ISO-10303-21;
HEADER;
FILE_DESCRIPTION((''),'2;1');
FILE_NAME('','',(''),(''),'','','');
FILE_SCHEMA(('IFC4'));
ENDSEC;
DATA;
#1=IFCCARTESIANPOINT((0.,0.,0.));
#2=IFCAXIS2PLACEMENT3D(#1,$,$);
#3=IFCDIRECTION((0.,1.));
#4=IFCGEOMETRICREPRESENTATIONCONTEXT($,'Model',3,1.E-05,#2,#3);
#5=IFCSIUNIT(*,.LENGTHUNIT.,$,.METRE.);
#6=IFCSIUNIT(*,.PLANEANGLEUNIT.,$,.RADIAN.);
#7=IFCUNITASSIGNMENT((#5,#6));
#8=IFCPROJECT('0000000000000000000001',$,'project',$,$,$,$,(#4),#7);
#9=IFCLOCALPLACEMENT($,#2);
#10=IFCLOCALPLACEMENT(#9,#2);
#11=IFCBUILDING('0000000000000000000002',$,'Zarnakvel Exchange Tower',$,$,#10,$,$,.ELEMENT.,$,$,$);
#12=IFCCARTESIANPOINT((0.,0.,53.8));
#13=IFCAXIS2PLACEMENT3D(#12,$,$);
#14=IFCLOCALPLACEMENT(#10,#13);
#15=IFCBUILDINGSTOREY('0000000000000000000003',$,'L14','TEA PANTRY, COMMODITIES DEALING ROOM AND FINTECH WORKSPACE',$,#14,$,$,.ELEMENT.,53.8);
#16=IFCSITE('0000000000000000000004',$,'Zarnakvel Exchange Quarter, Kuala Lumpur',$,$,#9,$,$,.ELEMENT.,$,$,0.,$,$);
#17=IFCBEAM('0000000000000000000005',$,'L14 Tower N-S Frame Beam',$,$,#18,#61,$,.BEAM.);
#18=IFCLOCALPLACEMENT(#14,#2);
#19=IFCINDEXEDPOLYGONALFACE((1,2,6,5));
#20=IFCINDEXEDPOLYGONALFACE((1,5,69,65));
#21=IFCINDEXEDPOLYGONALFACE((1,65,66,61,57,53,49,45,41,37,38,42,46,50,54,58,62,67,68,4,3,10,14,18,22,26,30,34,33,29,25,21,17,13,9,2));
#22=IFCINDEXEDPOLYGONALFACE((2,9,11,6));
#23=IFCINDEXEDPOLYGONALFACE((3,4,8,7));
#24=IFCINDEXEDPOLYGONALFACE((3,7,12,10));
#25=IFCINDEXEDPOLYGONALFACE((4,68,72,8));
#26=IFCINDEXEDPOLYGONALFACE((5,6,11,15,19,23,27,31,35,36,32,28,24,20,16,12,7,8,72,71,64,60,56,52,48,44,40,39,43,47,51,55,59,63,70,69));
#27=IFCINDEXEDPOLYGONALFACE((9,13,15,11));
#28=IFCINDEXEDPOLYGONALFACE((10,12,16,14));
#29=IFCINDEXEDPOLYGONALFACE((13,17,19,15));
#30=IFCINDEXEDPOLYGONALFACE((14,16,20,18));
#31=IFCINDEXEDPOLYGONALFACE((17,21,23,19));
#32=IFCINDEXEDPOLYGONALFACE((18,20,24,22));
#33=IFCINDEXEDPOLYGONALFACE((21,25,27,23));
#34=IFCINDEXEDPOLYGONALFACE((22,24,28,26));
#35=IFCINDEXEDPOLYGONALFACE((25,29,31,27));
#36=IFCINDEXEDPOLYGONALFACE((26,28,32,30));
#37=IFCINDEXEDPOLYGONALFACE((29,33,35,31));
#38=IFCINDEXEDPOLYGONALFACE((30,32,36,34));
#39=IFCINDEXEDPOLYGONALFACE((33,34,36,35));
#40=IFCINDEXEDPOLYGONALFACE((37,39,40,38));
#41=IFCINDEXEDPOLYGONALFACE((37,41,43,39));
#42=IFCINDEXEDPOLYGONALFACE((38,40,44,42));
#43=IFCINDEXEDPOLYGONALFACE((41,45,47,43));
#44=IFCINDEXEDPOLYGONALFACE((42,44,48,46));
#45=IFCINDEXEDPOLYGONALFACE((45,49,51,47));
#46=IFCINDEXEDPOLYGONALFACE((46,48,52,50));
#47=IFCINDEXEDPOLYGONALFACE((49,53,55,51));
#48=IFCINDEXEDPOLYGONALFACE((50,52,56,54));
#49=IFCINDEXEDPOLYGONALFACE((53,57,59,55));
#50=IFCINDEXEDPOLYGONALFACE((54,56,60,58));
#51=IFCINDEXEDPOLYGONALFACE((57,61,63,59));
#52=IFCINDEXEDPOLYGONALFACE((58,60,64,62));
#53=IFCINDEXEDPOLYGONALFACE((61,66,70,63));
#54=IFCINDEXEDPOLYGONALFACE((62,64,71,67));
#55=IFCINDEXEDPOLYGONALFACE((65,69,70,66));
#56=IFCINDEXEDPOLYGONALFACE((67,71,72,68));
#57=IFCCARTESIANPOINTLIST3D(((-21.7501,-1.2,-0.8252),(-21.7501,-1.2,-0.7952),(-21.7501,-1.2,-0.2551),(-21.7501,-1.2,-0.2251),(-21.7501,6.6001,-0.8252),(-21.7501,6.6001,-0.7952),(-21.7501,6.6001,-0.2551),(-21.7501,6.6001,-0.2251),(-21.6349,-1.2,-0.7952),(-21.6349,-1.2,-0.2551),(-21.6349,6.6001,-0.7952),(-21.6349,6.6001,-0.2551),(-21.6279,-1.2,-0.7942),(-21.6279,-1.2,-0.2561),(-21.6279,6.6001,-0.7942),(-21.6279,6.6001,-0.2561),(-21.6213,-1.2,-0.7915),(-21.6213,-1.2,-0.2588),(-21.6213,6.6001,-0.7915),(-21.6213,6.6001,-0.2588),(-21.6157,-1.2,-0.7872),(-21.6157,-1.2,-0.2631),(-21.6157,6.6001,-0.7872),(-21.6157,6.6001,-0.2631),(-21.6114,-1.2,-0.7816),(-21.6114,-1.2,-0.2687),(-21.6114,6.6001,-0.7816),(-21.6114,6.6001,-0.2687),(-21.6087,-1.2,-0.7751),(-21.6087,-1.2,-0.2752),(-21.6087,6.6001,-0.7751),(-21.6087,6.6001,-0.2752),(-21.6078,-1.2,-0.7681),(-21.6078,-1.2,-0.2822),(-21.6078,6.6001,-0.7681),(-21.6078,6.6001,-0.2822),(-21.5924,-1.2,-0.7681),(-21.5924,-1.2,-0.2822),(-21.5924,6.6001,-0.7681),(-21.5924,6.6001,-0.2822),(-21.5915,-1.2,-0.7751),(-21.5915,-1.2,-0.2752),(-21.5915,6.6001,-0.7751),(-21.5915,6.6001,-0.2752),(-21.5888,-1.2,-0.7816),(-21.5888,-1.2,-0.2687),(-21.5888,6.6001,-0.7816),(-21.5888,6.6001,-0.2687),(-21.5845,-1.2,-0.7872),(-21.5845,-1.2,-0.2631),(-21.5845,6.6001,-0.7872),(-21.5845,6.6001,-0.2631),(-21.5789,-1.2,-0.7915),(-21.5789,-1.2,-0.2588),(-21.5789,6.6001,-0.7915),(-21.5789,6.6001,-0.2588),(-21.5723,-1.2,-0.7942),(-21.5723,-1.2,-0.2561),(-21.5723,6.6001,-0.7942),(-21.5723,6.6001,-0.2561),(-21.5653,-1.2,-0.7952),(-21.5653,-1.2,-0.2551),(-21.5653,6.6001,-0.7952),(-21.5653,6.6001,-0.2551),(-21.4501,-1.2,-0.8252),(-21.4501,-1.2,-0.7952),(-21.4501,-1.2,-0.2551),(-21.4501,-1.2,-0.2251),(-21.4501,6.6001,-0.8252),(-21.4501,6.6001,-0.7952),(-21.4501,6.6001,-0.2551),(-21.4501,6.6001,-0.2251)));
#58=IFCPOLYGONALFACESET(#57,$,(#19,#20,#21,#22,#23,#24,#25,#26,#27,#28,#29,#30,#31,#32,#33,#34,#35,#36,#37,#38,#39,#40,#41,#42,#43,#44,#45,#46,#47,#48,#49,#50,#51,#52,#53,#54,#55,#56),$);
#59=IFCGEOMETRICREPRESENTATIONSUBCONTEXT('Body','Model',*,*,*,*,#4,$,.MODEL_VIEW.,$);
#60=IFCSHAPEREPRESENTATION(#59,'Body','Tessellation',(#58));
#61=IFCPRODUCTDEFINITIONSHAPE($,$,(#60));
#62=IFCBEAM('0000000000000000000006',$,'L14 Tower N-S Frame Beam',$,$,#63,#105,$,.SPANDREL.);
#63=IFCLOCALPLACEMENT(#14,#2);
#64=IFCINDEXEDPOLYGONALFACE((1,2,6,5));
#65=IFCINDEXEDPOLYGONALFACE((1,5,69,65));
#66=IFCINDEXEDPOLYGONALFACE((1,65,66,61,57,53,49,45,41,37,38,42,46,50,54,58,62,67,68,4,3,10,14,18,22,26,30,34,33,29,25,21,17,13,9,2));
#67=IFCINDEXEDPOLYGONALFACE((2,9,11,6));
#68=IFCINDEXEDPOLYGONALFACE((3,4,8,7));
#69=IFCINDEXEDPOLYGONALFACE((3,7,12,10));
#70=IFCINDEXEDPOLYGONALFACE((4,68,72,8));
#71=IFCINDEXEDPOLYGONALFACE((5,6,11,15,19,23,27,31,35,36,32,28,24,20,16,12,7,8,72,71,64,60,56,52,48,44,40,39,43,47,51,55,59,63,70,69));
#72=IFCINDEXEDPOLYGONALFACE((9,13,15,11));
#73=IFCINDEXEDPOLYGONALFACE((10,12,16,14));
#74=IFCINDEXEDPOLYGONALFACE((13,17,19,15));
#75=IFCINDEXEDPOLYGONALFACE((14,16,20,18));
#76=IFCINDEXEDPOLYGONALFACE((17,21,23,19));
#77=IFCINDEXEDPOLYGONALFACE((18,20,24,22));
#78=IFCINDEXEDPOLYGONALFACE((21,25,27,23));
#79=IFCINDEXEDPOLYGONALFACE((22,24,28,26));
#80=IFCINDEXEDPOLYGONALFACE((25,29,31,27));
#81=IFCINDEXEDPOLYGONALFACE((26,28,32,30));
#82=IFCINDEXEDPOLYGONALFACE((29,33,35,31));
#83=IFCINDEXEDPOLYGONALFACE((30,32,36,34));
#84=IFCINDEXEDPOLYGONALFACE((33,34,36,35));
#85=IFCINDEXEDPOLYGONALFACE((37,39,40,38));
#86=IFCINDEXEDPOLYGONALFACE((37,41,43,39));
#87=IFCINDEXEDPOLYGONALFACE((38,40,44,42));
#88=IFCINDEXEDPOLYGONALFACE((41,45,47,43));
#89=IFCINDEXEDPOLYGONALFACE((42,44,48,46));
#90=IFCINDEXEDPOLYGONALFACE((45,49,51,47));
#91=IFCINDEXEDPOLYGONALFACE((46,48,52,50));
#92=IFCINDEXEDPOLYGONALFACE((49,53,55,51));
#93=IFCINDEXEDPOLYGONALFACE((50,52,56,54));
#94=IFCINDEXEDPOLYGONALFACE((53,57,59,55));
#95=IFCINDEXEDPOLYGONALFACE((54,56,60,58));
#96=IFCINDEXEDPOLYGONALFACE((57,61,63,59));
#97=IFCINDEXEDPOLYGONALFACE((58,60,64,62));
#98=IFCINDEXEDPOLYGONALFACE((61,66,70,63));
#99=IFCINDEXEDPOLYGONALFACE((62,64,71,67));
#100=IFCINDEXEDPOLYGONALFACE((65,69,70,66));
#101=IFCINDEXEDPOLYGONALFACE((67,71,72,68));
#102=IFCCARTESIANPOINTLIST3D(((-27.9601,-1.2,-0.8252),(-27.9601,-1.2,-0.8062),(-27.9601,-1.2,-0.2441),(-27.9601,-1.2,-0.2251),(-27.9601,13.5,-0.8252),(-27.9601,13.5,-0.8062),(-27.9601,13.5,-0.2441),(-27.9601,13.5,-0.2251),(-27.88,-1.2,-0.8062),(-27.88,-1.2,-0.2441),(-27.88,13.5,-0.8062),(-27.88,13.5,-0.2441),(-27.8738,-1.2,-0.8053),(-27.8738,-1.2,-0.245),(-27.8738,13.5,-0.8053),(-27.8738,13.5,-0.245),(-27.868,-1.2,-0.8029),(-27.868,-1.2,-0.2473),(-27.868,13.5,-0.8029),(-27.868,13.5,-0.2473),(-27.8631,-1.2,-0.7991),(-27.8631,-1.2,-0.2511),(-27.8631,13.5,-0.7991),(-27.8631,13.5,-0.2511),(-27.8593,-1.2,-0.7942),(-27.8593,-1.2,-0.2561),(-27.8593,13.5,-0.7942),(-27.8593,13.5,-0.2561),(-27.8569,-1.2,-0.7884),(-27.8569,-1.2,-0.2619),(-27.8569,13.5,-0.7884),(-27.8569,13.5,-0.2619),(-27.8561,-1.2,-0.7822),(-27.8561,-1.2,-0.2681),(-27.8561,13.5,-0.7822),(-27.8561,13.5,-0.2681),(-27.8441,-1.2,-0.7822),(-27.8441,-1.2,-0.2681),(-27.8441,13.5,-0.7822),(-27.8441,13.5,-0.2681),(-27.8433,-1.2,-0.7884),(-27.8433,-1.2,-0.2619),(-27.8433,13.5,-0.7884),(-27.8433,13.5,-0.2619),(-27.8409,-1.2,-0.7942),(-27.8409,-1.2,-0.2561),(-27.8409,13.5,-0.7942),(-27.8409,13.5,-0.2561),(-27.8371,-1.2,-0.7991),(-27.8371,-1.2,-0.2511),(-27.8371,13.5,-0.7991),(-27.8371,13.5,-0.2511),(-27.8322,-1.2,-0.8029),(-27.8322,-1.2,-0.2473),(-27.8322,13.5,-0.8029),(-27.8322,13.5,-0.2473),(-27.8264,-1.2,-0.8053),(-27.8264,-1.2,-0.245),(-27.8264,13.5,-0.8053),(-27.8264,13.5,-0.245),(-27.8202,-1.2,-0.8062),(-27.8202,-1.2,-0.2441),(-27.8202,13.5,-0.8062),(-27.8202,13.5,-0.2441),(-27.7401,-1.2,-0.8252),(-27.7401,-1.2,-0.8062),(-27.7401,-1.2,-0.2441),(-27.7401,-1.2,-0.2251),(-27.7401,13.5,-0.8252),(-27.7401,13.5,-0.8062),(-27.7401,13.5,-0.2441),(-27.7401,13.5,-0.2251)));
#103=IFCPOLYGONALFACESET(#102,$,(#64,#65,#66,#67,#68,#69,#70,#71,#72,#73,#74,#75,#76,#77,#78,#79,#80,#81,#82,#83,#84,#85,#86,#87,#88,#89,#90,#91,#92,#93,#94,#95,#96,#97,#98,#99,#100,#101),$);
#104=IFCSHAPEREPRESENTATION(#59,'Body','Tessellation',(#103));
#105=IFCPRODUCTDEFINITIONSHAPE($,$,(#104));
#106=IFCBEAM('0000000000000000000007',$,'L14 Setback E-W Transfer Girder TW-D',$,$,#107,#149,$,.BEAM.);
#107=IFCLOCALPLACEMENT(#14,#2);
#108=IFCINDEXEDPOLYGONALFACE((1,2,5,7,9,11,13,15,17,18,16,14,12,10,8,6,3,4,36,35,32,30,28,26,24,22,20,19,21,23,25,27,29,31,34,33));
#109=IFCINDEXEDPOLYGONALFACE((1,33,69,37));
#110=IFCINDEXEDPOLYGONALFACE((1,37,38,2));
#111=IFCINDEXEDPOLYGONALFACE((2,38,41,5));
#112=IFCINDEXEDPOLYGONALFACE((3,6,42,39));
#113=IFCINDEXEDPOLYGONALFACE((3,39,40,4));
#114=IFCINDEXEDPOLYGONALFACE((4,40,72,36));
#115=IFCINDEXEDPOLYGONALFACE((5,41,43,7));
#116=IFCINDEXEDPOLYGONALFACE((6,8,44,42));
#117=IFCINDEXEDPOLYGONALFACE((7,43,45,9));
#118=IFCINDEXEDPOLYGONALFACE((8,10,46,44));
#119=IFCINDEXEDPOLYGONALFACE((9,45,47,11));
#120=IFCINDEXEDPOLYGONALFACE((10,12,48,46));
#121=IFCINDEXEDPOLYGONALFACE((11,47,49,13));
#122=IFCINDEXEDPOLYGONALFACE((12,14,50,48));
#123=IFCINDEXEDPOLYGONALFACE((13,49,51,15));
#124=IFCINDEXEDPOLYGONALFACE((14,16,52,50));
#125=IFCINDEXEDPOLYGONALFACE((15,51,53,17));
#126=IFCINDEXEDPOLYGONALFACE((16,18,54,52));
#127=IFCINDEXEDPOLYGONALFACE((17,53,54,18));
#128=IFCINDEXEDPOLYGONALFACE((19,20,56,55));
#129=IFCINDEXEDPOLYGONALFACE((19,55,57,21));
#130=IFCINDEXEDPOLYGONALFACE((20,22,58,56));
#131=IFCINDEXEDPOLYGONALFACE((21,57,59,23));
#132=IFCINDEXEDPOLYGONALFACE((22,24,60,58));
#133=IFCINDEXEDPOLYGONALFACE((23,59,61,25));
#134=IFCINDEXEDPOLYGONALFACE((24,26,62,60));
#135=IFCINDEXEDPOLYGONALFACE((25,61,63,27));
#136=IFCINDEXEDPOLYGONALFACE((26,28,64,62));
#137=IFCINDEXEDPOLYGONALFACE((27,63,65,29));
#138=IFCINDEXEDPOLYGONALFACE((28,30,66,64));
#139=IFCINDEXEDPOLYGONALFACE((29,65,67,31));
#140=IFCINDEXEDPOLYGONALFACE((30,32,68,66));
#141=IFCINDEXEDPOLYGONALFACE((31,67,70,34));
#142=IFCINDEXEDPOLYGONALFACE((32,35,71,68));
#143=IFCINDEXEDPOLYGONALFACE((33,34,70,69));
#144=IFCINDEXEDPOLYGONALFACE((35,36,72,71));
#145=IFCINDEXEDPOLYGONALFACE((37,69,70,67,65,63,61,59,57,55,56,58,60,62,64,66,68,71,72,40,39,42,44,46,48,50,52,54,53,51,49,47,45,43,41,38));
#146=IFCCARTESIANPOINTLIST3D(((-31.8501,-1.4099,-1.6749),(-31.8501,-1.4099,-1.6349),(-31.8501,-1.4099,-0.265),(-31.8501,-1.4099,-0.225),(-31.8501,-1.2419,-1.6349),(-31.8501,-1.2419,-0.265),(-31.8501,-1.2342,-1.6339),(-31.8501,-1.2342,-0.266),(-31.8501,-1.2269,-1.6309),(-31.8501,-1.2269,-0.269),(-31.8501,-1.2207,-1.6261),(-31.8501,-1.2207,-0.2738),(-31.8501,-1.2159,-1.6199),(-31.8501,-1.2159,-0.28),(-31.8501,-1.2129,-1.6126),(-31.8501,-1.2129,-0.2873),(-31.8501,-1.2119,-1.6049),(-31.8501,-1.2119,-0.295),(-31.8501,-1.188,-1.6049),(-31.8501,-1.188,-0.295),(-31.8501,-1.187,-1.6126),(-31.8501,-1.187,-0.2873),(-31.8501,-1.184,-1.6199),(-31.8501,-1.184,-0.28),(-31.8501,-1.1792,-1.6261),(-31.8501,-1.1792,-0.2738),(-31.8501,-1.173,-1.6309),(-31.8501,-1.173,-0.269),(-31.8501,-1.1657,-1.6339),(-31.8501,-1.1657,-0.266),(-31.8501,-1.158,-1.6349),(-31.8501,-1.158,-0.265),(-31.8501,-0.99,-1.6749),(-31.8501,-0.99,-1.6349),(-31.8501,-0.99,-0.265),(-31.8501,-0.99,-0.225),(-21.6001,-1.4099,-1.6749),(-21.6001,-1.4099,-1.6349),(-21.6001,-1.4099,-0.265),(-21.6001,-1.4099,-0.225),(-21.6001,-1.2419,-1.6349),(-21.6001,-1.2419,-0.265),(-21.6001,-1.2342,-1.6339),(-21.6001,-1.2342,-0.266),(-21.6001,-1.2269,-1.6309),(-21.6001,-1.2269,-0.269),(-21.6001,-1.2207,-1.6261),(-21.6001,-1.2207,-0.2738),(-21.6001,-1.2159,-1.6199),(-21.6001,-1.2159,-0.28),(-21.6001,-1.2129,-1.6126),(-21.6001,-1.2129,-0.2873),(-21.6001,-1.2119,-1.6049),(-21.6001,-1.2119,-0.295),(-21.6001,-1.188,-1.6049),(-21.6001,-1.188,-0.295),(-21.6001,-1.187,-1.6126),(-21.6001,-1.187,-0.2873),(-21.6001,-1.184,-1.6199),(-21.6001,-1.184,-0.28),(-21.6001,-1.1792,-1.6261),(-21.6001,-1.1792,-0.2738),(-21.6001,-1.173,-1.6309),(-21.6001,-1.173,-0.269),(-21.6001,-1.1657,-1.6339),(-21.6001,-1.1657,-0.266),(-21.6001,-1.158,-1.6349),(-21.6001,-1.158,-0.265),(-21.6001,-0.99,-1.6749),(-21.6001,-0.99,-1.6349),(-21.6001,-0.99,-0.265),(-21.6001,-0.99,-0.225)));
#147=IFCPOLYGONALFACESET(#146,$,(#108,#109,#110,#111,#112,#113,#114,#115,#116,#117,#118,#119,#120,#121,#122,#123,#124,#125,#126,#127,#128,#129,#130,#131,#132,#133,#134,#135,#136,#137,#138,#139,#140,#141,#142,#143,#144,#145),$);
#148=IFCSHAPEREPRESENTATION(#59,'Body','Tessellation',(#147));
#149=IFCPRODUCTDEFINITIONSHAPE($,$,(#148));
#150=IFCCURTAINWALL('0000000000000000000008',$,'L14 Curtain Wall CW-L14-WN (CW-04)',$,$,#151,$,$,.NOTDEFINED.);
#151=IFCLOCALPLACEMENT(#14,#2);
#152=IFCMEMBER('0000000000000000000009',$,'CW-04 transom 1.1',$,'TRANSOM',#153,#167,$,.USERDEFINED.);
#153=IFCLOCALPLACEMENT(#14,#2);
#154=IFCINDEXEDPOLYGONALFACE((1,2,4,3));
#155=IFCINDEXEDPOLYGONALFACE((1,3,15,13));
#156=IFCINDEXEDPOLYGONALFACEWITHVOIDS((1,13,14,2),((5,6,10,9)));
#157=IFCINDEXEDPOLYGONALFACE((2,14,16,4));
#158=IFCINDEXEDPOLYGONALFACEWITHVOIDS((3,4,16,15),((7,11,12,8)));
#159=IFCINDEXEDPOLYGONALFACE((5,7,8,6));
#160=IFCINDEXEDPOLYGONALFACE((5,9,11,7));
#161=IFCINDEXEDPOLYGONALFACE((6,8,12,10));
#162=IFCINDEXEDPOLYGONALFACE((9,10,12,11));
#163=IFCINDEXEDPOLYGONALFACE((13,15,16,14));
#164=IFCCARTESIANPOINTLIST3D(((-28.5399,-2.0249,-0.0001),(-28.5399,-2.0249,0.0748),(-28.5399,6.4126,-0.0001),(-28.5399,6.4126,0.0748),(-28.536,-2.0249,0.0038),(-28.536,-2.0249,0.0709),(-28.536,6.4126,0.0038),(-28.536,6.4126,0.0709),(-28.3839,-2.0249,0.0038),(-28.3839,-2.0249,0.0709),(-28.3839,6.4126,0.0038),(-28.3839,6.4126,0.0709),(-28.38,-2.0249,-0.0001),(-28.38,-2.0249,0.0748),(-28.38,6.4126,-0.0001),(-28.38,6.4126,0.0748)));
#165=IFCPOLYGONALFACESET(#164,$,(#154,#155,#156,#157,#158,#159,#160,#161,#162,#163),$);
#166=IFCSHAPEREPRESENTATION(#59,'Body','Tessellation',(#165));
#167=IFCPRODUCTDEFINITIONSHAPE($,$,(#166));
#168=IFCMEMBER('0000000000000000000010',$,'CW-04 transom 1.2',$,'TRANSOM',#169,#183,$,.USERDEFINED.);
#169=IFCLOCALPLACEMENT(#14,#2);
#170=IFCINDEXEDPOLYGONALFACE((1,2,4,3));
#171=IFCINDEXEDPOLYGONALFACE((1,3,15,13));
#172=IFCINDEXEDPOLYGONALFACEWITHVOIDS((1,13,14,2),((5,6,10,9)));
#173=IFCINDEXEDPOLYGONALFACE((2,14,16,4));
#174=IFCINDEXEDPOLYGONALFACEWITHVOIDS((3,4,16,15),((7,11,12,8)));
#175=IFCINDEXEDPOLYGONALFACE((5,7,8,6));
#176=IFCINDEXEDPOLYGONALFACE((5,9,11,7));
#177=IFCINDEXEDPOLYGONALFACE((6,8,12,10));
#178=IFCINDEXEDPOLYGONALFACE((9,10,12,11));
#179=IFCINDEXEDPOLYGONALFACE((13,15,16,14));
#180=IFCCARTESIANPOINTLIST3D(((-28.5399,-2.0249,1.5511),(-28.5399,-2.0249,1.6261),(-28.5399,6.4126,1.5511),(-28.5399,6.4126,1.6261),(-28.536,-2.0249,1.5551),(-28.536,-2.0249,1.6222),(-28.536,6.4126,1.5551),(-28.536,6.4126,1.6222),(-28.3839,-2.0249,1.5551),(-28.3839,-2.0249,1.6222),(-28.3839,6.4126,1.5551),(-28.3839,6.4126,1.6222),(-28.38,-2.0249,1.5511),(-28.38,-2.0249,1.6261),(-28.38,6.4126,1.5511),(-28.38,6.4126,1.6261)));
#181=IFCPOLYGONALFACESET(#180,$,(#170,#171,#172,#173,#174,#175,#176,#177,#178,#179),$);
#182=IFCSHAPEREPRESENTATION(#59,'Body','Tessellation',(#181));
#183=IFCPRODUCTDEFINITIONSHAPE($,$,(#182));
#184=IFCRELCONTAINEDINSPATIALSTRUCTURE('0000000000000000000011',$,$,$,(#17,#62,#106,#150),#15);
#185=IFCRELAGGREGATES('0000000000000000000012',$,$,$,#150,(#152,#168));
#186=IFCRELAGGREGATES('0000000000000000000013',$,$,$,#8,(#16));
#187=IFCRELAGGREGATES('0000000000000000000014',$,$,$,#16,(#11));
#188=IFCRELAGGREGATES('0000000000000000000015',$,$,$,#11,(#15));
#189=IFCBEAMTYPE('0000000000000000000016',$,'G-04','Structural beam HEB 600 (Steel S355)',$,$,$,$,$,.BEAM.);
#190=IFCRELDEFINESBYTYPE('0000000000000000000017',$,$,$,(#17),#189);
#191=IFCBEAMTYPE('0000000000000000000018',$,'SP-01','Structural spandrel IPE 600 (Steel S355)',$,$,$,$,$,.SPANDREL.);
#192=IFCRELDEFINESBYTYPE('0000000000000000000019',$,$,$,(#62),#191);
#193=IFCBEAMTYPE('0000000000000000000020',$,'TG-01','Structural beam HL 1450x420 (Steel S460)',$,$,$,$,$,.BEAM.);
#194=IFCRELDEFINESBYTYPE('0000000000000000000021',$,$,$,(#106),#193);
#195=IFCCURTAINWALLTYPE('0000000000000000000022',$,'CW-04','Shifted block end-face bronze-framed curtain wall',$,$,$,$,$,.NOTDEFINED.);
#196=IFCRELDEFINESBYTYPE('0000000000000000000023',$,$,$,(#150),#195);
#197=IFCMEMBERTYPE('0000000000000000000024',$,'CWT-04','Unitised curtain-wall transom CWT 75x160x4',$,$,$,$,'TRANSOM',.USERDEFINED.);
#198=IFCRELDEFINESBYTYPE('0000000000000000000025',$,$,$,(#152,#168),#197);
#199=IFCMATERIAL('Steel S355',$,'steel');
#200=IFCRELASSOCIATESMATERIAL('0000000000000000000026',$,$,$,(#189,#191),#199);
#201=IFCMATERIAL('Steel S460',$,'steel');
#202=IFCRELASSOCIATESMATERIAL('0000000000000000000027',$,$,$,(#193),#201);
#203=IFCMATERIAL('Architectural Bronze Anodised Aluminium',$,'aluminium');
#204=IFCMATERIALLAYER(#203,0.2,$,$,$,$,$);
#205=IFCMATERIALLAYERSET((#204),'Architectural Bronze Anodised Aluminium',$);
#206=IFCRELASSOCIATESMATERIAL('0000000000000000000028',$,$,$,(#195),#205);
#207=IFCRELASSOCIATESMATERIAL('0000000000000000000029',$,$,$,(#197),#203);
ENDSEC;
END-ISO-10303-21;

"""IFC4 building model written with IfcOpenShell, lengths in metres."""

from ifc_helpers import new_model, si_unit, direction, frame, origin, origin_2d, place, context, subcontext, project, spatial, hollow_rectangle, i_section, extrude, source, transform, mapped, material, layer, layer_set, material_profile, profile_set, type_object, element, aggregate, save


model = new_model("IFC4")

# Units and contexts
model_context = context("Model", 3, precision=1e-05, world=origin(), true_north=direction((0.0, 1.0)))
body_context = subcontext(model_context, "Body", "Model", "MODEL_VIEW")
ifc_project = project(units=[si_unit("LENGTHUNIT", "METRE"), si_unit("PLANEANGLEUNIT", "RADIAN")], contexts=[model_context])

# Site, building, storey
site_placement = place(None, origin())
site = spatial("IfcSite", under=ifc_project, at=site_placement, Name="Zarnakvel Exchange Quarter, Kuala Lumpur", CompositionType="ELEMENT", RefElevation=0.0)
building_placement = place(site_placement, origin())
building = spatial("IfcBuilding", under=site, at=building_placement, Name="Zarnakvel Exchange Tower", CompositionType="ELEMENT")
storey_placement = place(building_placement, frame((0.0, 0.0, 53.8)))
storey = spatial("IfcBuildingStorey", under=building, at=storey_placement, Name="L14", Description="TEA PANTRY, COMMODITIES DEALING ROOM AND FINTECH WORKSPACE", CompositionType="ELEMENT", Elevation=53.8)

# Shared definitions
ifc_material_1 = material(Name="Steel S355", Category="steel")

# Beams
ifc_material_profile_1 = material_profile(ifc_material_1, i_section(OverallWidth=0.3, OverallDepth=0.6001, WebThickness=0.0154, FlangeThickness=0.03, FilletRadius=0.0271, at=origin_2d()))
ifc_profile_set_1 = profile_set([ifc_material_profile_1], Name="Steel S355")
beam_type_1 = type_object("IfcBeamType", Name="G-04", Description="Structural beam HEB 600 (Steel S355)", PredefinedType="BEAM", material=ifc_profile_set_1)
beam_1_placement = place(storey_placement, frame((-21.6001, -1.2, -0.5251), z_axis=(0.0, 1.0, 0.0), x_axis=(-1.0, 0.0, 0.0)))
element("IfcBeam", 1, at=beam_1_placement, inside=storey, type_object=beam_type_1, Name="L14 Tower N-S Frame Beam", PredefinedType="BEAM", context=body_context, shape_type="SweptSolid", body=[
    extrude(i_section(OverallWidth=0.3, OverallDepth=0.6001, WebThickness=0.0154, FlangeThickness=0.03, FilletRadius=0.0271, at=origin_2d()), origin(), (0.0, 0.0, 1.0), 7.8),
])
ifc_material_profile_2 = material_profile(ifc_material_1, i_section(OverallWidth=0.22, OverallDepth=0.6001, WebThickness=0.012, FlangeThickness=0.019, FilletRadius=0.0239, at=origin_2d()))
ifc_profile_set_2 = profile_set([ifc_material_profile_2], Name="Steel S355")
beam_type_2 = type_object("IfcBeamType", Name="SP-01", Description="Structural spandrel IPE 600 (Steel S355)", PredefinedType="SPANDREL", material=ifc_profile_set_2)
beam_2_placement = place(storey_placement, frame((-27.8501, -1.2, -0.5251), z_axis=(0.0, 1.0, 0.0), x_axis=(-1.0, 0.0, 0.0)))
element("IfcBeam", 2, at=beam_2_placement, inside=storey, type_object=beam_type_2, Name="L14 Tower N-S Frame Beam", PredefinedType="SPANDREL", context=body_context, shape_type="SweptSolid", body=[
    extrude(i_section(OverallWidth=0.22, OverallDepth=0.6001, WebThickness=0.012, FlangeThickness=0.019, FilletRadius=0.0239, at=origin_2d()), origin(), (0.0, 0.0, 1.0), 14.7),
])
ifc_material_2 = material(Name="Steel S460", Category="steel")
ifc_material_profile_3 = material_profile(ifc_material_2, i_section(OverallWidth=0.4199, OverallDepth=1.45, WebThickness=0.0239, FlangeThickness=0.04, FilletRadius=0.03, at=origin_2d()))
ifc_profile_set_3 = profile_set([ifc_material_profile_3], Name="Steel S460")
beam_type_3 = type_object("IfcBeamType", Name="TG-01", Description="Structural beam HL 1450x420 (Steel S460)", PredefinedType="BEAM", material=ifc_profile_set_3)
beam_3_placement = place(storey_placement, frame((-31.8501, -1.2, -0.95), z_axis=(1.0, 0.0, 0.0), x_axis=(0.0, 1.0, 0.0)))
element("IfcBeam", 3, at=beam_3_placement, inside=storey, type_object=beam_type_3, Name="L14 Setback E-W Transfer Girder TW-D", PredefinedType="BEAM", context=body_context, shape_type="SweptSolid", body=[
    extrude(i_section(OverallWidth=0.4199, OverallDepth=1.45, WebThickness=0.0239, FlangeThickness=0.04, FilletRadius=0.03, at=origin_2d()), origin(), (0.0, 0.0, 1.0), 10.25),
])

# Curtain wall, members
ifc_material_3 = material(Name="Architectural Bronze Anodised Aluminium", Category="aluminium")
ifc_layer_1 = layer(ifc_material_3, 0.2)
ifc_layer_set_1 = layer_set([ifc_layer_1], Name="Architectural Bronze Anodised Aluminium")
curtain_wall_type = type_object("IfcCurtainWallType", Name="CW-04", Description="Shifted block end-face bronze-framed curtain wall", PredefinedType="NOTDEFINED", material=ifc_layer_set_1)
curtain_wall_placement = place(storey_placement, origin())
curtain_wall = element("IfcCurtainWall", 4, at=curtain_wall_placement, inside=storey, type_object=curtain_wall_type, Name="L14 Curtain Wall CW-L14-WN (CW-04)", PredefinedType="NOTDEFINED")
ifc_material_profile_4 = material_profile(ifc_material_3, hollow_rectangle(XDim=0.1599, YDim=0.075, WallThickness=0.0039, at=origin_2d()))
ifc_profile_set_4 = profile_set([ifc_material_profile_4], Name="Architectural Bronze Anodised Aluminium")
member_type_1 = type_object("IfcMemberType", Name="CWT-04", Description="Unitised curtain-wall transom CWT 75x160x4", ElementType="TRANSOM", PredefinedType="USERDEFINED", material=ifc_profile_set_4)
shared_shape_1 = source(origin(), body_context, "Body", "SweptSolid", [
    extrude(hollow_rectangle(XDim=0.1599, YDim=0.075, WallThickness=0.0039, at=origin_2d()), origin(), (0.0, 0.0, 1.0), 8.4375),
])
member_1_placement = place(storey_placement, frame((-28.46, -2.0249, 0.0374), z_axis=(0.0, 1.0, 0.0), x_axis=(-1.0, 0.0, 0.0)))
member_1 = element("IfcMember", 5, at=member_1_placement, type_object=member_type_1, Name="CW-04 transom 1.1", ObjectType="TRANSOM", PredefinedType="USERDEFINED", context=body_context, shape_type="MappedRepresentation", body=[
    mapped(shared_shape_1, transform((0.0, 0.0, 0.0), x_axis=(1.0, 0.0, 0.0), y_axis=(0.0, 1.0, 0.0), z_axis=(0.0, 0.0, 1.0), scale=1.0)),
])
member_2_placement = place(storey_placement, frame((-28.46, -2.0249, 1.5886), z_axis=(0.0, 1.0, 0.0), x_axis=(-1.0, 0.0, 0.0)))
member_2 = element("IfcMember", 6, at=member_2_placement, type_object=member_type_1, Name="CW-04 transom 1.2", ObjectType="TRANSOM", PredefinedType="USERDEFINED", context=body_context, shape_type="MappedRepresentation", body=[
    mapped(shared_shape_1, transform((0.0, 0.0, 0.0), x_axis=(1.0, 0.0, 0.0), y_axis=(0.0, 1.0, 0.0), z_axis=(0.0, 0.0, 1.0), scale=1.0)),
])
aggregate(curtain_wall, [member_1, member_2])

save(model, "model.ifc")
